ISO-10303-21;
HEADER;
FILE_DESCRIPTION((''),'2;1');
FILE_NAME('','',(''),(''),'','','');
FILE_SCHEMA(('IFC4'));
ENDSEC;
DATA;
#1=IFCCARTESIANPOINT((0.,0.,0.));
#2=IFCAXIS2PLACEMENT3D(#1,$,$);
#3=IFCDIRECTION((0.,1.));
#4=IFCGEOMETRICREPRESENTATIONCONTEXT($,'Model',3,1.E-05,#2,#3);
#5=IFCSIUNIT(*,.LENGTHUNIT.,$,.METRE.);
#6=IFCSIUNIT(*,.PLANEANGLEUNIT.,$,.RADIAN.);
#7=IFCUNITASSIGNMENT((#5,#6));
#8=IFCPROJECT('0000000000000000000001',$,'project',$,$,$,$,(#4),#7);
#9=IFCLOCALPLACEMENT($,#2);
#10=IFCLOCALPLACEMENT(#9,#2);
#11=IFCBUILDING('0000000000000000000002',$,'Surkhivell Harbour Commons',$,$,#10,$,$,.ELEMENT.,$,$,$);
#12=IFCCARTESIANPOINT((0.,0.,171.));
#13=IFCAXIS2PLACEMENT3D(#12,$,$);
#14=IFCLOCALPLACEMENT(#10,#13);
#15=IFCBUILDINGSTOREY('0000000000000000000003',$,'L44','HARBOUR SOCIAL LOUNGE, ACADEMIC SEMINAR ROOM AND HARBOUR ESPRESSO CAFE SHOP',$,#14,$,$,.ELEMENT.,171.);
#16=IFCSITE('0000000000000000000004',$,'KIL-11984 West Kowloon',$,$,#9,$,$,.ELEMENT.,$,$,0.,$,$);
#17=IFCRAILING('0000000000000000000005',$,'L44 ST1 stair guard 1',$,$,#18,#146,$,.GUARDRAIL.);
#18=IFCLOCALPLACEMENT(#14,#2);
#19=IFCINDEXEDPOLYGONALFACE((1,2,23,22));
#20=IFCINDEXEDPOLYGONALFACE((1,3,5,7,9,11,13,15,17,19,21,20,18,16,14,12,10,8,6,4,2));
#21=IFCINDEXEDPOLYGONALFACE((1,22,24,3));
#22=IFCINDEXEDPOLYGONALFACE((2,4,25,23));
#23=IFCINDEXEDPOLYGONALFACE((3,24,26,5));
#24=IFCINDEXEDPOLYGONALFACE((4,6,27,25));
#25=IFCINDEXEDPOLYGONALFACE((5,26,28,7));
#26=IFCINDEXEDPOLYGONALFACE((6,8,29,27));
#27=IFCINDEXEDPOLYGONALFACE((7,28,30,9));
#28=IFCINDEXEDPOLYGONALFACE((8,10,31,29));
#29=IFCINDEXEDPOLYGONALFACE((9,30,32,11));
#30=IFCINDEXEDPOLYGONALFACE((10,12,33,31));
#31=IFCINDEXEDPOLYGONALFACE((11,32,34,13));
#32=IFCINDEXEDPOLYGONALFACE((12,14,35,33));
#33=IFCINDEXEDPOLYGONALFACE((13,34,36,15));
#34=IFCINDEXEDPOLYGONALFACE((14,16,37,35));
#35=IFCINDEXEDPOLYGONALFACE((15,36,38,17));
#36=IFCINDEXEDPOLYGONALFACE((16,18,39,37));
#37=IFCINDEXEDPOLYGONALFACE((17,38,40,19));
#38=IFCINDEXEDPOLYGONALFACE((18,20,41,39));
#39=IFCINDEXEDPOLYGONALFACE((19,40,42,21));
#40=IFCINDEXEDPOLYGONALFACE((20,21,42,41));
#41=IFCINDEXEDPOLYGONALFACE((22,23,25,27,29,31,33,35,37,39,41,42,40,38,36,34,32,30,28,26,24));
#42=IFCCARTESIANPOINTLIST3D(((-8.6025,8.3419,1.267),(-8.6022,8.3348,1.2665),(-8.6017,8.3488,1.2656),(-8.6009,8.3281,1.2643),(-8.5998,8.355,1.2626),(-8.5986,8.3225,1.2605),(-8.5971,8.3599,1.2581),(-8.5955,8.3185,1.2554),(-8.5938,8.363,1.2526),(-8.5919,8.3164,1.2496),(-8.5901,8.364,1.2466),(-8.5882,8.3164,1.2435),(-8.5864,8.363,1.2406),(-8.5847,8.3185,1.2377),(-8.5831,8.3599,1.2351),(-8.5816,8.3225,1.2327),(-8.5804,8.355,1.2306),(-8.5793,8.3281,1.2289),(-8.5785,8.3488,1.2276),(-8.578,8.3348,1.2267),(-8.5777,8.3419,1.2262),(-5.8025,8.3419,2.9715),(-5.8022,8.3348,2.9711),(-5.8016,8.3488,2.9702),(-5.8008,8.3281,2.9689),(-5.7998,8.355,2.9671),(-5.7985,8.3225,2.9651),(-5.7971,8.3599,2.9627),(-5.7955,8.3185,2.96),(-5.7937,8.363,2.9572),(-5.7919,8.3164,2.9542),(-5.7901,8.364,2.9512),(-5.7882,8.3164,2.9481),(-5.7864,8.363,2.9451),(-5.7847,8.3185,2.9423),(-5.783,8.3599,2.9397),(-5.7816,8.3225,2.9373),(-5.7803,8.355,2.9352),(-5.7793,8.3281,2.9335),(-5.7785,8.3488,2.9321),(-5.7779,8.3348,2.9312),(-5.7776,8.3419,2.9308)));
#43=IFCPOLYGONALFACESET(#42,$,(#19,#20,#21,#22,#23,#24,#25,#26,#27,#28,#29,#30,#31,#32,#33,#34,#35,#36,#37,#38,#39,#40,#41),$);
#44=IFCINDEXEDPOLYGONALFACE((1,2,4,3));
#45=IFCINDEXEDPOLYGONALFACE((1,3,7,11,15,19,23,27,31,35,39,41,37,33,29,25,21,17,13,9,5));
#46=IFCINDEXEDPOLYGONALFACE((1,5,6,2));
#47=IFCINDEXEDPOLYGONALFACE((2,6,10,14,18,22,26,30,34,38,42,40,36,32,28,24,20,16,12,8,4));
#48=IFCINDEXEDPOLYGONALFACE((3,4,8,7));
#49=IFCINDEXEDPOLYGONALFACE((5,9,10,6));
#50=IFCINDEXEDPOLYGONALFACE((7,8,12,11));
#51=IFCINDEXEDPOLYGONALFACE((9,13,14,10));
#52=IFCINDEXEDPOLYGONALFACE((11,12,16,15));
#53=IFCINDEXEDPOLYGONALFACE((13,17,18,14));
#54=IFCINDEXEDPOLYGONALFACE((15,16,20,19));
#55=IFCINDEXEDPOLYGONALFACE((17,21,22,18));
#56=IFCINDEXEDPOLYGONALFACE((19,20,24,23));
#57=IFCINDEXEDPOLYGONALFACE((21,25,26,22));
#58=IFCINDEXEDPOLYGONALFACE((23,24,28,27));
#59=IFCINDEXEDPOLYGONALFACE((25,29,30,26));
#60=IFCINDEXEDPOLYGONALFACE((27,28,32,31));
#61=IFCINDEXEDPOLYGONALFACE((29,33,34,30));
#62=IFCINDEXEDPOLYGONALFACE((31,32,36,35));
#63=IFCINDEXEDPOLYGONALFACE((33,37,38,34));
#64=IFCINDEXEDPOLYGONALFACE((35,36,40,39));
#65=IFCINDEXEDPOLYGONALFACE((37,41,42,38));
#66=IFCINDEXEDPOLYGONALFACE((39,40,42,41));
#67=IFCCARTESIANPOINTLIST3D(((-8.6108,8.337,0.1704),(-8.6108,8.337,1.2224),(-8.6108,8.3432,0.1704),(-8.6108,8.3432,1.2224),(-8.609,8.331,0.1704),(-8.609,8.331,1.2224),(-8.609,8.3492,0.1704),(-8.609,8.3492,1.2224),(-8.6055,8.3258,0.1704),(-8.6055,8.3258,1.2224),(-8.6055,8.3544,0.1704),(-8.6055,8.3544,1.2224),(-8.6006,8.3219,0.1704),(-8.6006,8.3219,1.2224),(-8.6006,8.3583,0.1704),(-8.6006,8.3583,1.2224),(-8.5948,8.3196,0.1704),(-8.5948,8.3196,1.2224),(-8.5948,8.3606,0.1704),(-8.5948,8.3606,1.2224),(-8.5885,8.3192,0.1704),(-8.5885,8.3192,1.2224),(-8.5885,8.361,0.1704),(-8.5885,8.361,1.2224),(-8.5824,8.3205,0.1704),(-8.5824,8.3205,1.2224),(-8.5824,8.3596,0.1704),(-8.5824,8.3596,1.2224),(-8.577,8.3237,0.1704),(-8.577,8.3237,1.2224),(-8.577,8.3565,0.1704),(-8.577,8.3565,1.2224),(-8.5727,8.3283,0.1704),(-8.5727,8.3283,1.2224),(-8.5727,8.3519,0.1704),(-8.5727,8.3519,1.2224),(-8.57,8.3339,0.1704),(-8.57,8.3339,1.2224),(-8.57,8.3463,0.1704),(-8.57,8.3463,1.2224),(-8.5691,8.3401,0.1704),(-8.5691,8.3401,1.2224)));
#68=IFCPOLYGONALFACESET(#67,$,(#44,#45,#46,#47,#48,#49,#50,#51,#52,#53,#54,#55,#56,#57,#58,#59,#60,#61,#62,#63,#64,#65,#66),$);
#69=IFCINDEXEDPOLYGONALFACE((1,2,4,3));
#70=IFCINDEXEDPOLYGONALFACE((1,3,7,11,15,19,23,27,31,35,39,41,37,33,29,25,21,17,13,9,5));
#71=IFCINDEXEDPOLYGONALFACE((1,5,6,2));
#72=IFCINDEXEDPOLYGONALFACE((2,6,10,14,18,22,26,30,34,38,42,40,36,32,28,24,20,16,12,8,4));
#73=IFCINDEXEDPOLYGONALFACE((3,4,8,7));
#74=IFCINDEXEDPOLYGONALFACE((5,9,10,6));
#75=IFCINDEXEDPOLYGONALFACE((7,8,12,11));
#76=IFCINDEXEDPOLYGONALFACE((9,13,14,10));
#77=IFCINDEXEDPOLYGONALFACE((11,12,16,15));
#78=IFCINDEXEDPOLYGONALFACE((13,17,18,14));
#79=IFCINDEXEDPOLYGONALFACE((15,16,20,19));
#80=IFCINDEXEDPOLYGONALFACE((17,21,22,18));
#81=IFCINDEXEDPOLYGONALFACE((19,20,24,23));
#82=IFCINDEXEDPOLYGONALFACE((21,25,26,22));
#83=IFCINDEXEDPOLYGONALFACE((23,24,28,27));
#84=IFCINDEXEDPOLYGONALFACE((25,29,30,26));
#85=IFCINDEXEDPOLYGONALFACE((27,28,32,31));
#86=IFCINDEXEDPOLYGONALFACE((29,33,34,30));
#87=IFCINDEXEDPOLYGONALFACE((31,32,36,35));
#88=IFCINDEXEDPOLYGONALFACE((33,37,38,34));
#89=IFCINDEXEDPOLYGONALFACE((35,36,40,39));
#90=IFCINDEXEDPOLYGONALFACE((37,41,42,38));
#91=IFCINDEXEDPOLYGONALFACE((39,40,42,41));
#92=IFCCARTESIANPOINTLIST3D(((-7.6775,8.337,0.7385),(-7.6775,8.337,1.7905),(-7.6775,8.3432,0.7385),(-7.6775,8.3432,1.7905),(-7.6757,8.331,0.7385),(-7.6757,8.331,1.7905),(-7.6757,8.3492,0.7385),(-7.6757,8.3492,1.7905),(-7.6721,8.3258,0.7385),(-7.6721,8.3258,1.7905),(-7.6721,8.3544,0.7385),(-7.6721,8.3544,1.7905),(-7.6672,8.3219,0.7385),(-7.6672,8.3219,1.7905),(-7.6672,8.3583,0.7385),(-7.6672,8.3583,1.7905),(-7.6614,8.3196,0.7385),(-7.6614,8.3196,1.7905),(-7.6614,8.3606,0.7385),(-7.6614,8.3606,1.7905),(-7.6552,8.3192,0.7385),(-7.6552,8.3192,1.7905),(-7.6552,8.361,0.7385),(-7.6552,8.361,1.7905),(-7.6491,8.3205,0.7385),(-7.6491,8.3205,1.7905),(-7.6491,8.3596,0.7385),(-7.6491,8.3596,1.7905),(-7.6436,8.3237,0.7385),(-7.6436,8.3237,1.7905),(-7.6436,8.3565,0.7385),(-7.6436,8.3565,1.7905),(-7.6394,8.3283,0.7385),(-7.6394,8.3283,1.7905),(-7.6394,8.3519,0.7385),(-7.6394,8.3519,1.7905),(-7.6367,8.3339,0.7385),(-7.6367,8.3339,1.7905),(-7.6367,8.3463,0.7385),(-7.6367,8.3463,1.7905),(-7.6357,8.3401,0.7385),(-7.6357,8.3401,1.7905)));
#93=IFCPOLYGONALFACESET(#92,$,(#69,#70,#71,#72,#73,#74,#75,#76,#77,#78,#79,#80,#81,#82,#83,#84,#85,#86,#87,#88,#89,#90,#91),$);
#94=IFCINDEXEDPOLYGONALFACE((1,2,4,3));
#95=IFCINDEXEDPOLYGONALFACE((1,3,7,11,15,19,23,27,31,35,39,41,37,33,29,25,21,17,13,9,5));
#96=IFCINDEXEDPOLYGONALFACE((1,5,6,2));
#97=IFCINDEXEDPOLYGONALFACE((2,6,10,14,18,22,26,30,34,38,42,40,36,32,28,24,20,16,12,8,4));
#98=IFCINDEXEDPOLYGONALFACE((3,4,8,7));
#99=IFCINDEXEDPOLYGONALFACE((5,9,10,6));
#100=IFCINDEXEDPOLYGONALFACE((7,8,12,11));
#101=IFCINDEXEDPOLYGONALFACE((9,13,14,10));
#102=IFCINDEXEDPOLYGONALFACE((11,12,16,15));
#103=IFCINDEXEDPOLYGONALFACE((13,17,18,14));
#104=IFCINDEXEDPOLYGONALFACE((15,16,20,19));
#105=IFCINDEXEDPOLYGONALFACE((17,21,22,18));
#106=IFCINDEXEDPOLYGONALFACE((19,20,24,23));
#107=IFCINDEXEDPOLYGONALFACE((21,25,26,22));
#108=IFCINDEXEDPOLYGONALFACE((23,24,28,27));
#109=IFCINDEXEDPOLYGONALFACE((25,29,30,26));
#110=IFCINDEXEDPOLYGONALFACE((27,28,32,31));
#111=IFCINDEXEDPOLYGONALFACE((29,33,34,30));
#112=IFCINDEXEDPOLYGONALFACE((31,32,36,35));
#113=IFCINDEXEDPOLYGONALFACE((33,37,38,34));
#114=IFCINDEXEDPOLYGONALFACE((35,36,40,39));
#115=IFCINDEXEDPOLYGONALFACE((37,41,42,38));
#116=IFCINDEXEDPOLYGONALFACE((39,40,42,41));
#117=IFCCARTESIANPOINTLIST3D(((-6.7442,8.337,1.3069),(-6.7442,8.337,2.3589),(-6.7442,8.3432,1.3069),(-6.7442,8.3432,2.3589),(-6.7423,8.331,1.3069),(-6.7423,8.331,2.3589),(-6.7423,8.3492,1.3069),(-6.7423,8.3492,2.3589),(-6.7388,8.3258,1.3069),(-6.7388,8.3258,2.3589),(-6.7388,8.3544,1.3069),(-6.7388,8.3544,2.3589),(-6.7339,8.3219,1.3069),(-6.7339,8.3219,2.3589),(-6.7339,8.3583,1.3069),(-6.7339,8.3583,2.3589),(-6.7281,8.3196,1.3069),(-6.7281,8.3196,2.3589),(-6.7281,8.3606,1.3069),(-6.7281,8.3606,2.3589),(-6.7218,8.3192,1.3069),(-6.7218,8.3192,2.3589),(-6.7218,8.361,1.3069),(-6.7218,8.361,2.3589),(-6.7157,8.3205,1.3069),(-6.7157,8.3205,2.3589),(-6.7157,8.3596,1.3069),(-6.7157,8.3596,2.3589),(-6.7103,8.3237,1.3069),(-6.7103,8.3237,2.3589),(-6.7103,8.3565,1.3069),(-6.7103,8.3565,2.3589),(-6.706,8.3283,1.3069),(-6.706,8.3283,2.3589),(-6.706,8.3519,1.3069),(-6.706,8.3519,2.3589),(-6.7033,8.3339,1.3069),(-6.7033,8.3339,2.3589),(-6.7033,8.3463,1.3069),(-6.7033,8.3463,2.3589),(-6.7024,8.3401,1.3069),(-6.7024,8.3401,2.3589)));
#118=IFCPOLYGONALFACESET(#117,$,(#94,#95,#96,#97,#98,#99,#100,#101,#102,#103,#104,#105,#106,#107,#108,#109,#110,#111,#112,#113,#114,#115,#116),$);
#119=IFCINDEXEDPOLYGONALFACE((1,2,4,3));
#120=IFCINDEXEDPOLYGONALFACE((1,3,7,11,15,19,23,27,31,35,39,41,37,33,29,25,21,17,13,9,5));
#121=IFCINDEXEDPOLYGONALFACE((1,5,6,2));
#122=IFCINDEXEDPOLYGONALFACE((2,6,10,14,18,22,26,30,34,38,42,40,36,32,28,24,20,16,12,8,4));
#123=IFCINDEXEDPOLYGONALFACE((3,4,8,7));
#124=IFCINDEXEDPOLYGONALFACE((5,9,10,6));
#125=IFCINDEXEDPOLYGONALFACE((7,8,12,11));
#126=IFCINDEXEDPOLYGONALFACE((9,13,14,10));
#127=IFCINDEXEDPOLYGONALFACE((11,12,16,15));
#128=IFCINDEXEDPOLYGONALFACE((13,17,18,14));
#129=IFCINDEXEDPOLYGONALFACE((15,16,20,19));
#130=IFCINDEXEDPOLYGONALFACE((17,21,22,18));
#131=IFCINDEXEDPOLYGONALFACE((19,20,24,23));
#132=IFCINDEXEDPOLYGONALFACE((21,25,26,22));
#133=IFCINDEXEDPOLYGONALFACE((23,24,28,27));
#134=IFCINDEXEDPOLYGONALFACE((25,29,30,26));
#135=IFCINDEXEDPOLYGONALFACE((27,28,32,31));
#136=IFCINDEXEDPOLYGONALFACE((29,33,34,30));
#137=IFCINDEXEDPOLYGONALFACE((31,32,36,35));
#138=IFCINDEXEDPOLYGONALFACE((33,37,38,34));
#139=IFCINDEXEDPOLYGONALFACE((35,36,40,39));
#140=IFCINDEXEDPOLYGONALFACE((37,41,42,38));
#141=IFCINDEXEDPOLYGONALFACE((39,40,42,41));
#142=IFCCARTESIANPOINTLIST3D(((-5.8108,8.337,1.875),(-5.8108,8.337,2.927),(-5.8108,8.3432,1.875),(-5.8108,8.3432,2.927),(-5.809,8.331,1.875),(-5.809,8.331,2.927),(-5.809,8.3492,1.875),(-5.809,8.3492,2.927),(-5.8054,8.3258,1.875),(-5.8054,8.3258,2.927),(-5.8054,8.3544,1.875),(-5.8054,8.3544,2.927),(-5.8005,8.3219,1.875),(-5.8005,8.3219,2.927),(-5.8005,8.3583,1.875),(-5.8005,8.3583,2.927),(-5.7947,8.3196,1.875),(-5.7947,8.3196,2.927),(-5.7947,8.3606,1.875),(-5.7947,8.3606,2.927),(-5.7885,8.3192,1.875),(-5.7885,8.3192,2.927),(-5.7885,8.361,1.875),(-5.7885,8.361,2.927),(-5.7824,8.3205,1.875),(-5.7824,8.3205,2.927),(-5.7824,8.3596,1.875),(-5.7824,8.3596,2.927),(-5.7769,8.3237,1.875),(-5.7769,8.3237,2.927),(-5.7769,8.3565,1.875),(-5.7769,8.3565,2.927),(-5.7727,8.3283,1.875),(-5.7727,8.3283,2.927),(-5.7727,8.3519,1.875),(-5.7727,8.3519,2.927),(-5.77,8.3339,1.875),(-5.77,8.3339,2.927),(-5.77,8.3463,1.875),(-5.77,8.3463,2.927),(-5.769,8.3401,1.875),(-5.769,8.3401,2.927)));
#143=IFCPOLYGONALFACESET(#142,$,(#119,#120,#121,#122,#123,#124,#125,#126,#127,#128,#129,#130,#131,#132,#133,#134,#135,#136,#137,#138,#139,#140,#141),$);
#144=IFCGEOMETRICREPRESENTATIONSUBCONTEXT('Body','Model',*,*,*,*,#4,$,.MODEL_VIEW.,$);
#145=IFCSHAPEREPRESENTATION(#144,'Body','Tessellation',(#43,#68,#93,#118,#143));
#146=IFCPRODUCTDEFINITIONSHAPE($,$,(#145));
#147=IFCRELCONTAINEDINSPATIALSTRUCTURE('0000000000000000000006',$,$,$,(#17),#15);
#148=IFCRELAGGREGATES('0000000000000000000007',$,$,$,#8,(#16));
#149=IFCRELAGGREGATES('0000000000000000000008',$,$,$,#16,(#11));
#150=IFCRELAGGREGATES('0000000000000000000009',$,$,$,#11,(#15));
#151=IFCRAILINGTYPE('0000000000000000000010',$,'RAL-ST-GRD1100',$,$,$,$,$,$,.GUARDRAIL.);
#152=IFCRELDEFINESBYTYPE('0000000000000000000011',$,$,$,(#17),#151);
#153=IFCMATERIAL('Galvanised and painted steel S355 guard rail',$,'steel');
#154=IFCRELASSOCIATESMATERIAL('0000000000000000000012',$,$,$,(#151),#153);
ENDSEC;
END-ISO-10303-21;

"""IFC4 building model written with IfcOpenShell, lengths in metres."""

from ifc_helpers import new_model, si_unit, direction, frame, origin, origin_2d, place, context, subcontext, project, spatial, circle, extrude, material, type_object, element, save


model = new_model("IFC4")

# Units and contexts
model_context = context("Model", 3, precision=1e-05, world=origin(), true_north=direction((0.0, 1.0)))
body_context = subcontext(model_context, "Body", "Model", "MODEL_VIEW")
ifc_project = project(units=[si_unit("LENGTHUNIT", "METRE"), si_unit("PLANEANGLEUNIT", "RADIAN")], contexts=[model_context])

# Site, building, storey
site_placement = place(None, origin())
site = spatial("IfcSite", under=ifc_project, at=site_placement, Name="KIL-11984 West Kowloon", CompositionType="ELEMENT", RefElevation=0.0)
building_placement = place(site_placement, origin())
building = spatial("IfcBuilding", under=site, at=building_placement, Name="Surkhivell Harbour Commons", CompositionType="ELEMENT")
storey_placement = place(building_placement, frame((0.0, 0.0, 171.0)))
storey = spatial("IfcBuildingStorey", under=building, at=storey_placement, Name="L44", Description="HARBOUR SOCIAL LOUNGE, ACADEMIC SEMINAR ROOM AND HARBOUR ESPRESSO CAFE SHOP", CompositionType="ELEMENT", Elevation=171.0)

# Railing
ifc_material_1 = material(Name="Galvanised and painted steel S355 guard rail", Category="steel")
railing_type_1 = type_object("IfcRailingType", Name="RAL-ST-GRD1100", PredefinedType="GUARDRAIL", material=ifc_material_1)
railing_1_placement = place(storey_placement, frame((-8.5901, 8.3401, 0.1704)))
element("IfcRailing", 1, at=railing_1_placement, inside=storey, type_object=railing_type_1, Name="L44 ST1 stair guard 1", PredefinedType="GUARDRAIL", context=body_context, shape_type="SweptSolid", body=[
    extrude(circle(Radius=0.0239, at=origin_2d()), frame((0.0, 0.0, 1.0762), z_axis=(0.85417, 0.0, 0.519994), x_axis=(0.0, 1.0, 0.0)), (0.0, 0.0, 1.0), 3.2781),
    extrude(circle(Radius=0.021, at=origin_2d()), origin(), (0.0, 0.0, 1.0), 1.052),
    extrude(circle(Radius=0.021, at=origin_2d()), frame((0.9333, 0.0, 0.5681)), (0.0, 0.0, 1.0), 1.052),
    extrude(circle(Radius=0.021, at=origin_2d()), frame((1.8667, 0.0, 1.1365)), (0.0, 0.0, 1.0), 1.052),
    extrude(circle(Radius=0.021, at=origin_2d()), frame((2.8, 0.0, 1.7046)), (0.0, 0.0, 1.0), 1.052),
])

save(model, "model.ifc")
